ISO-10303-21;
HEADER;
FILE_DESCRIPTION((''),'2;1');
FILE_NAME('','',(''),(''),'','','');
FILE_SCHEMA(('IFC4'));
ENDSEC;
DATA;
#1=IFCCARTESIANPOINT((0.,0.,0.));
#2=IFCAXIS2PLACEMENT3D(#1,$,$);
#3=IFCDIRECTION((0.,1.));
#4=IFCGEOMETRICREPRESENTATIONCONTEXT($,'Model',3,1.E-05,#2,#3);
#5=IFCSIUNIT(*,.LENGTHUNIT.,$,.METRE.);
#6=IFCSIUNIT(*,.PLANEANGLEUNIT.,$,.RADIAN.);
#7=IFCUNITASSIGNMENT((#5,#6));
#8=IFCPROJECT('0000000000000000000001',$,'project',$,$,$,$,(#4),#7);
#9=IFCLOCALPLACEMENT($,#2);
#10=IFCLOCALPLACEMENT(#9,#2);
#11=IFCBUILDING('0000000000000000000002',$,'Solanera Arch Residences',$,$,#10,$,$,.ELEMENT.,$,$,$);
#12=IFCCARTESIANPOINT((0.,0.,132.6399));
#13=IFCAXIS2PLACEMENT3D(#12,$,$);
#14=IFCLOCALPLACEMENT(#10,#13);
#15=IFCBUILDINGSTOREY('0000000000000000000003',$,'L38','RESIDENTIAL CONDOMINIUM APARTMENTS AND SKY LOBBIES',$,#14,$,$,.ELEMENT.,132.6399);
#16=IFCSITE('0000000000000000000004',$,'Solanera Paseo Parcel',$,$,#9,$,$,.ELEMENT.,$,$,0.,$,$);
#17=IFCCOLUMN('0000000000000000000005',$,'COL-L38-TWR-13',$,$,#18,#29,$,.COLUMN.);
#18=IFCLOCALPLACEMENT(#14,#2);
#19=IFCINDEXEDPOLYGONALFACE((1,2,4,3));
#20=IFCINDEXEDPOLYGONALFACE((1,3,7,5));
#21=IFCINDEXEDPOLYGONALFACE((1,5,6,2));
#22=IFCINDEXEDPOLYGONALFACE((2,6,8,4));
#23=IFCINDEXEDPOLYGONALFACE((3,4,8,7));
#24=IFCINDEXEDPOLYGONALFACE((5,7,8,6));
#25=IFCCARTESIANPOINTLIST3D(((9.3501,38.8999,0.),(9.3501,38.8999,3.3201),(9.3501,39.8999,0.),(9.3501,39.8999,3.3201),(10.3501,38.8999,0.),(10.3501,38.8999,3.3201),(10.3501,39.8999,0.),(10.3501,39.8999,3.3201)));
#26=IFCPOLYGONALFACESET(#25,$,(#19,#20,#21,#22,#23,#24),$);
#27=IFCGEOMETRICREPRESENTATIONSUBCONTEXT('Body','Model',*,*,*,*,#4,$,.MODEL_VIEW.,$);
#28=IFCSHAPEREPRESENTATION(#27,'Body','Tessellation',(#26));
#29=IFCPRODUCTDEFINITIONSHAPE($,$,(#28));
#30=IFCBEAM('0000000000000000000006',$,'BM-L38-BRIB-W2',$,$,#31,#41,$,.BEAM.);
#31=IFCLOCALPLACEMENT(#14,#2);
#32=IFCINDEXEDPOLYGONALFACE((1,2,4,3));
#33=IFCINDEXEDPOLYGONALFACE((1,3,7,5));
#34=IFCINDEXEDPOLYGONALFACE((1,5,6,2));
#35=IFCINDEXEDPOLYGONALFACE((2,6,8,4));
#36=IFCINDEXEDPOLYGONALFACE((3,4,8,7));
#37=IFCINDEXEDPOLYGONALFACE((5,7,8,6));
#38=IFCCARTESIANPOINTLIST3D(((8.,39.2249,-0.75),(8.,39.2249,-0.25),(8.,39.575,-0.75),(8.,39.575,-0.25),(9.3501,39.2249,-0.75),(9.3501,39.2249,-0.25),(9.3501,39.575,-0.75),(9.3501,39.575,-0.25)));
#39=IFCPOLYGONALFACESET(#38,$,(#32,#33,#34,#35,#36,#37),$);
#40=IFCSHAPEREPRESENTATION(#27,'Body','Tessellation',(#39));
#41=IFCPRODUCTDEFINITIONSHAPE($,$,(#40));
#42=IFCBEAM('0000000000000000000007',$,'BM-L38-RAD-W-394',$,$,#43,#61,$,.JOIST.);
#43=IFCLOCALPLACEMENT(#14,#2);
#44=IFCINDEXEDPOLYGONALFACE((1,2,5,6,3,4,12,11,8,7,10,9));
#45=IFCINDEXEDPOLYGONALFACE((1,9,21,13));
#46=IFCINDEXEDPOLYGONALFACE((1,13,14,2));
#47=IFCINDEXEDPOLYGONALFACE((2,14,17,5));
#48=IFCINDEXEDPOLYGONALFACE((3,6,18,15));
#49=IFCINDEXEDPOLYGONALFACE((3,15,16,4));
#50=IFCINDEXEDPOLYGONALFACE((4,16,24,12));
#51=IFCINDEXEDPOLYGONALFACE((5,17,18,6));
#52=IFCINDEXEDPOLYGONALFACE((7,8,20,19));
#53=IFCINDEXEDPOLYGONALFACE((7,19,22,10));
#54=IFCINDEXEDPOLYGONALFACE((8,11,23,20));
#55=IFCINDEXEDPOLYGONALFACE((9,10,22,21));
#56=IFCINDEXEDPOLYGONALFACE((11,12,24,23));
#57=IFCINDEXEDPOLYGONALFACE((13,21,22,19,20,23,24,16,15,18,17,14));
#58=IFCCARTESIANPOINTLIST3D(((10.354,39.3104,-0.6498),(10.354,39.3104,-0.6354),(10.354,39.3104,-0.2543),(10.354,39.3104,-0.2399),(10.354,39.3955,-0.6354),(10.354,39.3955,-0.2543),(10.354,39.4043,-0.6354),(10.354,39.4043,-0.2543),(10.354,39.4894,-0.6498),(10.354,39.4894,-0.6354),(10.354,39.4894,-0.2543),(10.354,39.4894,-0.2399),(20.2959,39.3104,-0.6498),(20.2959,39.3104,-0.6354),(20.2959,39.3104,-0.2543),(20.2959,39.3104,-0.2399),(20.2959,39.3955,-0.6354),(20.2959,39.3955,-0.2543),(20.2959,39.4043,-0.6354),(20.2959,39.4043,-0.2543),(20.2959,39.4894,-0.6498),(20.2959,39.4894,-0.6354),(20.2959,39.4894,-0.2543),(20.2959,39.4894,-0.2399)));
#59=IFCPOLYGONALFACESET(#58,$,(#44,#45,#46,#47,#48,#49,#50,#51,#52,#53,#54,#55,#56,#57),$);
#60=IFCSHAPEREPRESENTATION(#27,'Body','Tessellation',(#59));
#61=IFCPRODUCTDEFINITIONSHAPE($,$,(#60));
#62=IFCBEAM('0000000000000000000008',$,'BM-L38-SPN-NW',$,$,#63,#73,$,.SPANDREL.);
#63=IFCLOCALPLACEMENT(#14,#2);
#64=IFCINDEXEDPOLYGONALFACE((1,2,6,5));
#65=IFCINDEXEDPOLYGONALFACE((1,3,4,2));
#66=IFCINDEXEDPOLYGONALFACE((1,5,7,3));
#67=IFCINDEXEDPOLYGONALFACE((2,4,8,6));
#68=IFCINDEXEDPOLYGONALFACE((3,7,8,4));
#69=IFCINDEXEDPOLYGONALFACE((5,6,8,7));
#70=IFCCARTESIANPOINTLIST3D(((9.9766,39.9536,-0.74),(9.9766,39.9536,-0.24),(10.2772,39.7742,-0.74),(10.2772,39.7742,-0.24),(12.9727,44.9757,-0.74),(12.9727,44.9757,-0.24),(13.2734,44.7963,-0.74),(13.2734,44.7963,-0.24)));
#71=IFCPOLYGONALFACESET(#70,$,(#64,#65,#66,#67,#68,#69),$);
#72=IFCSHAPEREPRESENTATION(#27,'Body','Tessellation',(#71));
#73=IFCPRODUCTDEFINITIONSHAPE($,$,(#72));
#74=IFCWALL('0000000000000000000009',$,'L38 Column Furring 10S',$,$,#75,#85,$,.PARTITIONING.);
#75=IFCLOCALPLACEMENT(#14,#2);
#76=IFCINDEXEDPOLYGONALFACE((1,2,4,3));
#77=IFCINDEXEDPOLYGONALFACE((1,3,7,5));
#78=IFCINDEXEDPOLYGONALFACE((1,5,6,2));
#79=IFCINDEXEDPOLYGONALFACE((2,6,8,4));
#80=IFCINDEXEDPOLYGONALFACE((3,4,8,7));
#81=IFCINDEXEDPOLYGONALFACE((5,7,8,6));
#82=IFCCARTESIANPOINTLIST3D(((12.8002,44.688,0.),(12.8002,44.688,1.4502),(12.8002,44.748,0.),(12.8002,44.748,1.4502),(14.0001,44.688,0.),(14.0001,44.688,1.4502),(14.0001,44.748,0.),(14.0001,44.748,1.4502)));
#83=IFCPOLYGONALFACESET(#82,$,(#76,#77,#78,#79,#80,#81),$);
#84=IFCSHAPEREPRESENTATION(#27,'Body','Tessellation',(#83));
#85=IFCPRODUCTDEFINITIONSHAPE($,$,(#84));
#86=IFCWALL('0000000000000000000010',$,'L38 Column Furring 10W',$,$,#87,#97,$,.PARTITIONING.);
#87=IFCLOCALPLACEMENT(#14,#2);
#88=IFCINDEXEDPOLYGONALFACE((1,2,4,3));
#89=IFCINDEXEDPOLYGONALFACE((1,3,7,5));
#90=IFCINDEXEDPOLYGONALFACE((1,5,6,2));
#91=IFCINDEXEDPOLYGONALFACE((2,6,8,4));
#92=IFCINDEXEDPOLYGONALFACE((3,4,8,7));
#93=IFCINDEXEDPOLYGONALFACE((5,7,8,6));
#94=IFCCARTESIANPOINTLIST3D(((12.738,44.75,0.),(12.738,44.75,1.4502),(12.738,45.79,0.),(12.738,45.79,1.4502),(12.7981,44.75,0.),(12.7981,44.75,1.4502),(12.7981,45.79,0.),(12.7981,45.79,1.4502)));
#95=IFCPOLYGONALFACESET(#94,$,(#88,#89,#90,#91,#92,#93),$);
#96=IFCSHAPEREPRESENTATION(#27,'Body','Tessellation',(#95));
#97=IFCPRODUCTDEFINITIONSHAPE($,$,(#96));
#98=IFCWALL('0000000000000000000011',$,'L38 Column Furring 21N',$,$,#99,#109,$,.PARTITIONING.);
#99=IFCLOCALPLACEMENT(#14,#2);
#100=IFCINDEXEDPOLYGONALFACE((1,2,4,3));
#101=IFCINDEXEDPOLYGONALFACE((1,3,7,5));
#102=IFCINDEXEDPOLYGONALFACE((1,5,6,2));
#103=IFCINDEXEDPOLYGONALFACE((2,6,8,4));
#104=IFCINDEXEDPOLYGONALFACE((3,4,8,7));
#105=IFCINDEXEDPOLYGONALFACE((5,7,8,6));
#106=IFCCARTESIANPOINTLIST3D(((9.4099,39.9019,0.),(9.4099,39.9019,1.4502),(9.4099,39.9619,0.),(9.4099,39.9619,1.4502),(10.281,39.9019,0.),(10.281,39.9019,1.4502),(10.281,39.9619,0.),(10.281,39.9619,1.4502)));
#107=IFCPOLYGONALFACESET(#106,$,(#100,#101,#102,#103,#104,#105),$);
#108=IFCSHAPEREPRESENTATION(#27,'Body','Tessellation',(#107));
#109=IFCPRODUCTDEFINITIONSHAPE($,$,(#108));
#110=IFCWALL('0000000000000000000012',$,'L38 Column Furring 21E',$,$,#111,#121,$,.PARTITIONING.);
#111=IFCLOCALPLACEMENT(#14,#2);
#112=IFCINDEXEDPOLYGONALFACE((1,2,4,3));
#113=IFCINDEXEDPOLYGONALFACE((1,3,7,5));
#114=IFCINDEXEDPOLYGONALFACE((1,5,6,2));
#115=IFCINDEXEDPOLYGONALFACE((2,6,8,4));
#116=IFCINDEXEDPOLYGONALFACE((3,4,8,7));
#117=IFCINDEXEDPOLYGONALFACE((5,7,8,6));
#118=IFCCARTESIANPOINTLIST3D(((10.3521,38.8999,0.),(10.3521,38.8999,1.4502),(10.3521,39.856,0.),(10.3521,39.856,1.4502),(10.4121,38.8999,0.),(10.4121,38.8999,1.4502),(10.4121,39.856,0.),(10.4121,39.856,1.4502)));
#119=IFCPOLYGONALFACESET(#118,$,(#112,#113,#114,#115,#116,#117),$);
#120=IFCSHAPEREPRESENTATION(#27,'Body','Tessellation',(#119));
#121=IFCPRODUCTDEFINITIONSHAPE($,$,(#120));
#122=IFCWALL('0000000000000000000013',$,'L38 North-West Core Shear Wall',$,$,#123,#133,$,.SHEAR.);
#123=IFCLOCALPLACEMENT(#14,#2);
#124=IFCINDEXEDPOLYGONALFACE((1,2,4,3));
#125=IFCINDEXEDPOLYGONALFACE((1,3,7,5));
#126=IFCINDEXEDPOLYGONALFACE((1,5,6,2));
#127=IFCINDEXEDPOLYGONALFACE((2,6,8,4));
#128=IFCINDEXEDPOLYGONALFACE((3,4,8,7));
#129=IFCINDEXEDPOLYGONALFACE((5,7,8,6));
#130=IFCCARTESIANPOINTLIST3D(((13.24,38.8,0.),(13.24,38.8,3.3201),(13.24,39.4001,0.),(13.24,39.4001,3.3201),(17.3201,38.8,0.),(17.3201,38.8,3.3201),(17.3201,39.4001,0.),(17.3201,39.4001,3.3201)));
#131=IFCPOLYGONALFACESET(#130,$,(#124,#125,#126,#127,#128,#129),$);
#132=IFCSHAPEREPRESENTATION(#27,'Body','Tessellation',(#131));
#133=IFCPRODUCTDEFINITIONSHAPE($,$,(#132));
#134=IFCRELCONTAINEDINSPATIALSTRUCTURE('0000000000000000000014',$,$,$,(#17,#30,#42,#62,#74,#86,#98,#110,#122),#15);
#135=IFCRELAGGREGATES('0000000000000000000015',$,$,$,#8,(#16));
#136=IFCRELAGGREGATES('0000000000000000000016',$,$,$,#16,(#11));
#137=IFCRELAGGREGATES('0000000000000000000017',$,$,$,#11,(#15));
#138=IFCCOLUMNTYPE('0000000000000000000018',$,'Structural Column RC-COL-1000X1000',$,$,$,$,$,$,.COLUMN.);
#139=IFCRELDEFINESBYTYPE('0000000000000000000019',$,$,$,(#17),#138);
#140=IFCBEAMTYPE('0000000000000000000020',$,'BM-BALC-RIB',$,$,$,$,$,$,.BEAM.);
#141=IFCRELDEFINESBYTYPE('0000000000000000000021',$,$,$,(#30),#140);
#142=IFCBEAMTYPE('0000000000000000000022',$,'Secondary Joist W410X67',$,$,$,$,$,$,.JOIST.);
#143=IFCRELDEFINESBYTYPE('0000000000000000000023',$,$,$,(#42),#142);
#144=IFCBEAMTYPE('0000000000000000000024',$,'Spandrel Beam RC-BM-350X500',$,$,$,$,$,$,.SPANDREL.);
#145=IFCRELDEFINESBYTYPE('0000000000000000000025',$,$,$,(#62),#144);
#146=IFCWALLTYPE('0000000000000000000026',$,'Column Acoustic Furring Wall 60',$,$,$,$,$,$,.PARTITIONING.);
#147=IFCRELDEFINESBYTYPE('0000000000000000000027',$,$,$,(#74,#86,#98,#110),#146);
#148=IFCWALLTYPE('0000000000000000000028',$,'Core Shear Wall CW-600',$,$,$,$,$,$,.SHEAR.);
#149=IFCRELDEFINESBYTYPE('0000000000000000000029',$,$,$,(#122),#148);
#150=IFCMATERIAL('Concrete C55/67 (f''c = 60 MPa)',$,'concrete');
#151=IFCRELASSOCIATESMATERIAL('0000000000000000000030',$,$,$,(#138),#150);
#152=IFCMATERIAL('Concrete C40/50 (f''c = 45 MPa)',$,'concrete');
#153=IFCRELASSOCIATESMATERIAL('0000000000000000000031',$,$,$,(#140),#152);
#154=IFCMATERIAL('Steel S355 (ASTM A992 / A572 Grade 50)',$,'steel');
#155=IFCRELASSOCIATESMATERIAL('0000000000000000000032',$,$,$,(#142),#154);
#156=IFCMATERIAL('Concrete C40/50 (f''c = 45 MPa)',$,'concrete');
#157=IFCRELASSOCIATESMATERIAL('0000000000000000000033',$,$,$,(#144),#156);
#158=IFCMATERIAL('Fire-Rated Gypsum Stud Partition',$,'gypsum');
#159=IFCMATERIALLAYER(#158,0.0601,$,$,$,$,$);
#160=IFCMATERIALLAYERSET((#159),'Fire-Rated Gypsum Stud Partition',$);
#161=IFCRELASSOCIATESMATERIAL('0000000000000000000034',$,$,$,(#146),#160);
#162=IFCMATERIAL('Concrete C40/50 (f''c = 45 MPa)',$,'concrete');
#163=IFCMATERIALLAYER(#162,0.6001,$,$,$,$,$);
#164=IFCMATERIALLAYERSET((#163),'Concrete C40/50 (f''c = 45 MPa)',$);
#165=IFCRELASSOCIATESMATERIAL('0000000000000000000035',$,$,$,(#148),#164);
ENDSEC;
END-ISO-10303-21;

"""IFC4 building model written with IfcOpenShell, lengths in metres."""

from ifc_helpers import new_model, si_unit, direction, frame, frame_2d, origin, origin_2d, place, context, subcontext, project, spatial, rectangle, i_section, extrude, material, layer, layer_set, material_profile, profile_set, type_object, element, save


model = new_model("IFC4")

# Units and contexts
model_context = context("Model", 3, precision=1e-05, world=origin(), true_north=direction((0.0, 1.0)))
body_context = subcontext(model_context, "Body", "Model", "MODEL_VIEW")
ifc_project = project(units=[si_unit("LENGTHUNIT", "METRE"), si_unit("PLANEANGLEUNIT", "RADIAN")], contexts=[model_context])

# Site, building, storey
site_placement = place(None, origin())
site = spatial("IfcSite", under=ifc_project, at=site_placement, Name="Solanera Paseo Parcel", CompositionType="ELEMENT", RefElevation=0.0)
building_placement = place(site_placement, origin())
building = spatial("IfcBuilding", under=site, at=building_placement, Name="Solanera Arch Residences", CompositionType="ELEMENT")
storey_placement = place(building_placement, frame((0.0, 0.0, 132.6399)))
storey = spatial("IfcBuildingStorey", under=building, at=storey_placement, Name="L38", Description="RESIDENTIAL CONDOMINIUM APARTMENTS AND SKY LOBBIES", CompositionType="ELEMENT", Elevation=132.6399)

# Column
ifc_material_1 = material(Name="Concrete C55/67 (f'c = 60 MPa)", Category="concrete")
ifc_material_profile_1 = material_profile(ifc_material_1, rectangle(XDim=1.0, YDim=1.0, at=origin_2d()))
ifc_profile_set_1 = profile_set([ifc_material_profile_1], Name="Concrete C55/67 (f'c = 60 MPa)")
column_type = type_object("IfcColumnType", Name="Structural Column RC-COL-1000X1000", PredefinedType="COLUMN", material=ifc_profile_set_1)
column_placement = place(storey_placement, frame((9.8501, 39.3999, 0.0), z_axis=(0.0, 0.0, 1.0), x_axis=(1.0, 0.0, 0.0)))
element("IfcColumn", 1, at=column_placement, inside=storey, type_object=column_type, Name="COL-L38-TWR-13", PredefinedType="COLUMN", context=body_context, shape_type="SweptSolid", body=[
    extrude(rectangle(XDim=1.0, YDim=1.0, at=origin_2d()), origin(), (0.0, 0.0, 1.0), 3.3201),
])

# Beams
ifc_material_2 = material(Name="Concrete C40/50 (f'c = 45 MPa)", Category="concrete")
ifc_material_profile_2 = material_profile(ifc_material_2, rectangle(XDim=0.3501, YDim=0.5, at=origin_2d()))
ifc_profile_set_2 = profile_set([ifc_material_profile_2], Name="Concrete C40/50 (f'c = 45 MPa)")
beam_type_1 = type_object("IfcBeamType", Name="BM-BALC-RIB", PredefinedType="BEAM", material=ifc_profile_set_2)
beam_1_placement = place(storey_placement, frame((8.0, 39.3999, -0.5), z_axis=(1.0, 0.0, 0.0), x_axis=(0.0, 1.0, 0.0)))
element("IfcBeam", 2, at=beam_1_placement, inside=storey, type_object=beam_type_1, Name="BM-L38-BRIB-W2", PredefinedType="BEAM", context=body_context, shape_type="SweptSolid", body=[
    extrude(rectangle(XDim=0.3501, YDim=0.5, at=origin_2d()), origin(), (0.0, 0.0, 1.0), 1.3501),
])
ifc_material_3 = material(Name="Steel S355 (ASTM A992 / A572 Grade 50)", Category="steel")
ifc_material_profile_3 = material_profile(ifc_material_3, i_section(OverallWidth=0.179, OverallDepth=0.4099, WebThickness=0.0088, FlangeThickness=0.0144, at=origin_2d()))
ifc_profile_set_3 = profile_set([ifc_material_profile_3], Name="Steel S355 (ASTM A992 / A572 Grade 50)")
beam_type_2 = type_object("IfcBeamType", Name="Secondary Joist W410X67", PredefinedType="JOIST", material=ifc_profile_set_3)
beam_2_placement = place(storey_placement, frame((10.354, 39.3999, -0.4448), z_axis=(1.0, 0.0, 0.0), x_axis=(0.0, 1.0, 0.0)))
element("IfcBeam", 3, at=beam_2_placement, inside=storey, type_object=beam_type_2, Name="BM-L38-RAD-W-394", PredefinedType="JOIST", context=body_context, shape_type="SweptSolid", body=[
    extrude(i_section(OverallWidth=0.179, OverallDepth=0.4099, WebThickness=0.0088, FlangeThickness=0.0144, at=origin_2d()), origin(), (0.0, 0.0, 1.0), 9.9419),
])
ifc_material_4 = material(Name="Concrete C40/50 (f'c = 45 MPa)", Category="concrete")
ifc_material_profile_4 = material_profile(ifc_material_4, rectangle(XDim=0.3501, YDim=0.5, at=origin_2d()))
ifc_profile_set_4 = profile_set([ifc_material_profile_4], Name="Concrete C40/50 (f'c = 45 MPa)")
beam_type_3 = type_object("IfcBeamType", Name="Spandrel Beam RC-BM-350X500", PredefinedType="SPANDREL", material=ifc_profile_set_4)
beam_3_placement = place(storey_placement, frame((13.123, 44.886, -0.49), z_axis=(-0.512345, -0.85878, 0.0), x_axis=(0.85878, -0.512345, 0.0)))
element("IfcBeam", 4, at=beam_3_placement, inside=storey, type_object=beam_type_3, Name="BM-L38-SPN-NW", PredefinedType="SPANDREL", context=body_context, shape_type="SweptSolid", body=[
    extrude(rectangle(XDim=0.3501, YDim=0.5, at=origin_2d()), origin(), (0.0, 0.0, 1.0), 5.8479),
])

# Walls
ifc_material_5 = material(Name="Fire-Rated Gypsum Stud Partition", Category="gypsum")
ifc_layer_1 = layer(ifc_material_5, 0.0601)
ifc_layer_set_1 = layer_set([ifc_layer_1], Name="Fire-Rated Gypsum Stud Partition")
wall_type_1 = type_object("IfcWallType", Name="Column Acoustic Furring Wall 60", PredefinedType="PARTITIONING", material=ifc_layer_set_1)
wall_1_placement = place(storey_placement, frame((12.8, 44.718, 0.0), z_axis=(0.0, 0.0, 1.0), x_axis=(1.0, 0.0, 0.0)))
element("IfcWall", 5, at=wall_1_placement, inside=storey, type_object=wall_type_1, Name="L38 Column Furring 10S", PredefinedType="PARTITIONING", context=body_context, shape_type="SweptSolid", body=[
    extrude(rectangle(XDim=1.2, YDim=0.0601, at=frame_2d((0.6001, 0.0))), origin(), (0.0, 0.0, 1.0), 1.4502),
])
wall_2_placement = place(storey_placement, frame((12.7681, 44.75, 0.0), z_axis=(0.0, 0.0, 1.0), x_axis=(0.0, 1.0, 0.0)))
element("IfcWall", 6, at=wall_2_placement, inside=storey, type_object=wall_type_1, Name="L38 Column Furring 10W", PredefinedType="PARTITIONING", context=body_context, shape_type="SweptSolid", body=[
    extrude(rectangle(XDim=1.04, YDim=0.0601, at=frame_2d((0.52, 0.0))), origin(), (0.0, 0.0, 1.0), 1.4502),
])
wall_3_placement = place(storey_placement, frame((9.4099, 39.9319, 0.0), z_axis=(0.0, 0.0, 1.0), x_axis=(1.0, 0.0, 0.0)))
element("IfcWall", 7, at=wall_3_placement, inside=storey, type_object=wall_type_1, Name="L38 Column Furring 21N", PredefinedType="PARTITIONING", context=body_context, shape_type="SweptSolid", body=[
    extrude(rectangle(XDim=0.8711, YDim=0.0601, at=frame_2d((0.4355, 0.0))), origin(), (0.0, 0.0, 1.0), 1.4502),
])
wall_4_placement = place(storey_placement, frame((10.3821, 38.8999, 0.0), z_axis=(0.0, 0.0, 1.0), x_axis=(0.0, 1.0, 0.0)))
element("IfcWall", 8, at=wall_4_placement, inside=storey, type_object=wall_type_1, Name="L38 Column Furring 21E", PredefinedType="PARTITIONING", context=body_context, shape_type="SweptSolid", body=[
    extrude(rectangle(XDim=0.9561, YDim=0.0601, at=frame_2d((0.478, 0.0))), origin(), (0.0, 0.0, 1.0), 1.4502),
])
ifc_material_6 = material(Name="Concrete C40/50 (f'c = 45 MPa)", Category="concrete")
ifc_layer_2 = layer(ifc_material_6, 0.6001)
ifc_layer_set_2 = layer_set([ifc_layer_2], Name="Concrete C40/50 (f'c = 45 MPa)")
wall_type_2 = type_object("IfcWallType", Name="Core Shear Wall CW-600", PredefinedType="SHEAR", material=ifc_layer_set_2)
wall_5_placement = place(storey_placement, frame((13.24, 39.1001, 0.0), z_axis=(0.0, 0.0, 1.0), x_axis=(1.0, 0.0, 0.0)))
element("IfcWall", 9, at=wall_5_placement, inside=storey, type_object=wall_type_2, Name="L38 North-West Core Shear Wall", PredefinedType="SHEAR", context=body_context, shape_type="SweptSolid", body=[
    extrude(rectangle(XDim=4.0801, YDim=0.6001, at=frame_2d((2.04, 0.0))), origin(), (0.0, 0.0, 1.0), 3.3201),
])

save(model, "model.ifc")
